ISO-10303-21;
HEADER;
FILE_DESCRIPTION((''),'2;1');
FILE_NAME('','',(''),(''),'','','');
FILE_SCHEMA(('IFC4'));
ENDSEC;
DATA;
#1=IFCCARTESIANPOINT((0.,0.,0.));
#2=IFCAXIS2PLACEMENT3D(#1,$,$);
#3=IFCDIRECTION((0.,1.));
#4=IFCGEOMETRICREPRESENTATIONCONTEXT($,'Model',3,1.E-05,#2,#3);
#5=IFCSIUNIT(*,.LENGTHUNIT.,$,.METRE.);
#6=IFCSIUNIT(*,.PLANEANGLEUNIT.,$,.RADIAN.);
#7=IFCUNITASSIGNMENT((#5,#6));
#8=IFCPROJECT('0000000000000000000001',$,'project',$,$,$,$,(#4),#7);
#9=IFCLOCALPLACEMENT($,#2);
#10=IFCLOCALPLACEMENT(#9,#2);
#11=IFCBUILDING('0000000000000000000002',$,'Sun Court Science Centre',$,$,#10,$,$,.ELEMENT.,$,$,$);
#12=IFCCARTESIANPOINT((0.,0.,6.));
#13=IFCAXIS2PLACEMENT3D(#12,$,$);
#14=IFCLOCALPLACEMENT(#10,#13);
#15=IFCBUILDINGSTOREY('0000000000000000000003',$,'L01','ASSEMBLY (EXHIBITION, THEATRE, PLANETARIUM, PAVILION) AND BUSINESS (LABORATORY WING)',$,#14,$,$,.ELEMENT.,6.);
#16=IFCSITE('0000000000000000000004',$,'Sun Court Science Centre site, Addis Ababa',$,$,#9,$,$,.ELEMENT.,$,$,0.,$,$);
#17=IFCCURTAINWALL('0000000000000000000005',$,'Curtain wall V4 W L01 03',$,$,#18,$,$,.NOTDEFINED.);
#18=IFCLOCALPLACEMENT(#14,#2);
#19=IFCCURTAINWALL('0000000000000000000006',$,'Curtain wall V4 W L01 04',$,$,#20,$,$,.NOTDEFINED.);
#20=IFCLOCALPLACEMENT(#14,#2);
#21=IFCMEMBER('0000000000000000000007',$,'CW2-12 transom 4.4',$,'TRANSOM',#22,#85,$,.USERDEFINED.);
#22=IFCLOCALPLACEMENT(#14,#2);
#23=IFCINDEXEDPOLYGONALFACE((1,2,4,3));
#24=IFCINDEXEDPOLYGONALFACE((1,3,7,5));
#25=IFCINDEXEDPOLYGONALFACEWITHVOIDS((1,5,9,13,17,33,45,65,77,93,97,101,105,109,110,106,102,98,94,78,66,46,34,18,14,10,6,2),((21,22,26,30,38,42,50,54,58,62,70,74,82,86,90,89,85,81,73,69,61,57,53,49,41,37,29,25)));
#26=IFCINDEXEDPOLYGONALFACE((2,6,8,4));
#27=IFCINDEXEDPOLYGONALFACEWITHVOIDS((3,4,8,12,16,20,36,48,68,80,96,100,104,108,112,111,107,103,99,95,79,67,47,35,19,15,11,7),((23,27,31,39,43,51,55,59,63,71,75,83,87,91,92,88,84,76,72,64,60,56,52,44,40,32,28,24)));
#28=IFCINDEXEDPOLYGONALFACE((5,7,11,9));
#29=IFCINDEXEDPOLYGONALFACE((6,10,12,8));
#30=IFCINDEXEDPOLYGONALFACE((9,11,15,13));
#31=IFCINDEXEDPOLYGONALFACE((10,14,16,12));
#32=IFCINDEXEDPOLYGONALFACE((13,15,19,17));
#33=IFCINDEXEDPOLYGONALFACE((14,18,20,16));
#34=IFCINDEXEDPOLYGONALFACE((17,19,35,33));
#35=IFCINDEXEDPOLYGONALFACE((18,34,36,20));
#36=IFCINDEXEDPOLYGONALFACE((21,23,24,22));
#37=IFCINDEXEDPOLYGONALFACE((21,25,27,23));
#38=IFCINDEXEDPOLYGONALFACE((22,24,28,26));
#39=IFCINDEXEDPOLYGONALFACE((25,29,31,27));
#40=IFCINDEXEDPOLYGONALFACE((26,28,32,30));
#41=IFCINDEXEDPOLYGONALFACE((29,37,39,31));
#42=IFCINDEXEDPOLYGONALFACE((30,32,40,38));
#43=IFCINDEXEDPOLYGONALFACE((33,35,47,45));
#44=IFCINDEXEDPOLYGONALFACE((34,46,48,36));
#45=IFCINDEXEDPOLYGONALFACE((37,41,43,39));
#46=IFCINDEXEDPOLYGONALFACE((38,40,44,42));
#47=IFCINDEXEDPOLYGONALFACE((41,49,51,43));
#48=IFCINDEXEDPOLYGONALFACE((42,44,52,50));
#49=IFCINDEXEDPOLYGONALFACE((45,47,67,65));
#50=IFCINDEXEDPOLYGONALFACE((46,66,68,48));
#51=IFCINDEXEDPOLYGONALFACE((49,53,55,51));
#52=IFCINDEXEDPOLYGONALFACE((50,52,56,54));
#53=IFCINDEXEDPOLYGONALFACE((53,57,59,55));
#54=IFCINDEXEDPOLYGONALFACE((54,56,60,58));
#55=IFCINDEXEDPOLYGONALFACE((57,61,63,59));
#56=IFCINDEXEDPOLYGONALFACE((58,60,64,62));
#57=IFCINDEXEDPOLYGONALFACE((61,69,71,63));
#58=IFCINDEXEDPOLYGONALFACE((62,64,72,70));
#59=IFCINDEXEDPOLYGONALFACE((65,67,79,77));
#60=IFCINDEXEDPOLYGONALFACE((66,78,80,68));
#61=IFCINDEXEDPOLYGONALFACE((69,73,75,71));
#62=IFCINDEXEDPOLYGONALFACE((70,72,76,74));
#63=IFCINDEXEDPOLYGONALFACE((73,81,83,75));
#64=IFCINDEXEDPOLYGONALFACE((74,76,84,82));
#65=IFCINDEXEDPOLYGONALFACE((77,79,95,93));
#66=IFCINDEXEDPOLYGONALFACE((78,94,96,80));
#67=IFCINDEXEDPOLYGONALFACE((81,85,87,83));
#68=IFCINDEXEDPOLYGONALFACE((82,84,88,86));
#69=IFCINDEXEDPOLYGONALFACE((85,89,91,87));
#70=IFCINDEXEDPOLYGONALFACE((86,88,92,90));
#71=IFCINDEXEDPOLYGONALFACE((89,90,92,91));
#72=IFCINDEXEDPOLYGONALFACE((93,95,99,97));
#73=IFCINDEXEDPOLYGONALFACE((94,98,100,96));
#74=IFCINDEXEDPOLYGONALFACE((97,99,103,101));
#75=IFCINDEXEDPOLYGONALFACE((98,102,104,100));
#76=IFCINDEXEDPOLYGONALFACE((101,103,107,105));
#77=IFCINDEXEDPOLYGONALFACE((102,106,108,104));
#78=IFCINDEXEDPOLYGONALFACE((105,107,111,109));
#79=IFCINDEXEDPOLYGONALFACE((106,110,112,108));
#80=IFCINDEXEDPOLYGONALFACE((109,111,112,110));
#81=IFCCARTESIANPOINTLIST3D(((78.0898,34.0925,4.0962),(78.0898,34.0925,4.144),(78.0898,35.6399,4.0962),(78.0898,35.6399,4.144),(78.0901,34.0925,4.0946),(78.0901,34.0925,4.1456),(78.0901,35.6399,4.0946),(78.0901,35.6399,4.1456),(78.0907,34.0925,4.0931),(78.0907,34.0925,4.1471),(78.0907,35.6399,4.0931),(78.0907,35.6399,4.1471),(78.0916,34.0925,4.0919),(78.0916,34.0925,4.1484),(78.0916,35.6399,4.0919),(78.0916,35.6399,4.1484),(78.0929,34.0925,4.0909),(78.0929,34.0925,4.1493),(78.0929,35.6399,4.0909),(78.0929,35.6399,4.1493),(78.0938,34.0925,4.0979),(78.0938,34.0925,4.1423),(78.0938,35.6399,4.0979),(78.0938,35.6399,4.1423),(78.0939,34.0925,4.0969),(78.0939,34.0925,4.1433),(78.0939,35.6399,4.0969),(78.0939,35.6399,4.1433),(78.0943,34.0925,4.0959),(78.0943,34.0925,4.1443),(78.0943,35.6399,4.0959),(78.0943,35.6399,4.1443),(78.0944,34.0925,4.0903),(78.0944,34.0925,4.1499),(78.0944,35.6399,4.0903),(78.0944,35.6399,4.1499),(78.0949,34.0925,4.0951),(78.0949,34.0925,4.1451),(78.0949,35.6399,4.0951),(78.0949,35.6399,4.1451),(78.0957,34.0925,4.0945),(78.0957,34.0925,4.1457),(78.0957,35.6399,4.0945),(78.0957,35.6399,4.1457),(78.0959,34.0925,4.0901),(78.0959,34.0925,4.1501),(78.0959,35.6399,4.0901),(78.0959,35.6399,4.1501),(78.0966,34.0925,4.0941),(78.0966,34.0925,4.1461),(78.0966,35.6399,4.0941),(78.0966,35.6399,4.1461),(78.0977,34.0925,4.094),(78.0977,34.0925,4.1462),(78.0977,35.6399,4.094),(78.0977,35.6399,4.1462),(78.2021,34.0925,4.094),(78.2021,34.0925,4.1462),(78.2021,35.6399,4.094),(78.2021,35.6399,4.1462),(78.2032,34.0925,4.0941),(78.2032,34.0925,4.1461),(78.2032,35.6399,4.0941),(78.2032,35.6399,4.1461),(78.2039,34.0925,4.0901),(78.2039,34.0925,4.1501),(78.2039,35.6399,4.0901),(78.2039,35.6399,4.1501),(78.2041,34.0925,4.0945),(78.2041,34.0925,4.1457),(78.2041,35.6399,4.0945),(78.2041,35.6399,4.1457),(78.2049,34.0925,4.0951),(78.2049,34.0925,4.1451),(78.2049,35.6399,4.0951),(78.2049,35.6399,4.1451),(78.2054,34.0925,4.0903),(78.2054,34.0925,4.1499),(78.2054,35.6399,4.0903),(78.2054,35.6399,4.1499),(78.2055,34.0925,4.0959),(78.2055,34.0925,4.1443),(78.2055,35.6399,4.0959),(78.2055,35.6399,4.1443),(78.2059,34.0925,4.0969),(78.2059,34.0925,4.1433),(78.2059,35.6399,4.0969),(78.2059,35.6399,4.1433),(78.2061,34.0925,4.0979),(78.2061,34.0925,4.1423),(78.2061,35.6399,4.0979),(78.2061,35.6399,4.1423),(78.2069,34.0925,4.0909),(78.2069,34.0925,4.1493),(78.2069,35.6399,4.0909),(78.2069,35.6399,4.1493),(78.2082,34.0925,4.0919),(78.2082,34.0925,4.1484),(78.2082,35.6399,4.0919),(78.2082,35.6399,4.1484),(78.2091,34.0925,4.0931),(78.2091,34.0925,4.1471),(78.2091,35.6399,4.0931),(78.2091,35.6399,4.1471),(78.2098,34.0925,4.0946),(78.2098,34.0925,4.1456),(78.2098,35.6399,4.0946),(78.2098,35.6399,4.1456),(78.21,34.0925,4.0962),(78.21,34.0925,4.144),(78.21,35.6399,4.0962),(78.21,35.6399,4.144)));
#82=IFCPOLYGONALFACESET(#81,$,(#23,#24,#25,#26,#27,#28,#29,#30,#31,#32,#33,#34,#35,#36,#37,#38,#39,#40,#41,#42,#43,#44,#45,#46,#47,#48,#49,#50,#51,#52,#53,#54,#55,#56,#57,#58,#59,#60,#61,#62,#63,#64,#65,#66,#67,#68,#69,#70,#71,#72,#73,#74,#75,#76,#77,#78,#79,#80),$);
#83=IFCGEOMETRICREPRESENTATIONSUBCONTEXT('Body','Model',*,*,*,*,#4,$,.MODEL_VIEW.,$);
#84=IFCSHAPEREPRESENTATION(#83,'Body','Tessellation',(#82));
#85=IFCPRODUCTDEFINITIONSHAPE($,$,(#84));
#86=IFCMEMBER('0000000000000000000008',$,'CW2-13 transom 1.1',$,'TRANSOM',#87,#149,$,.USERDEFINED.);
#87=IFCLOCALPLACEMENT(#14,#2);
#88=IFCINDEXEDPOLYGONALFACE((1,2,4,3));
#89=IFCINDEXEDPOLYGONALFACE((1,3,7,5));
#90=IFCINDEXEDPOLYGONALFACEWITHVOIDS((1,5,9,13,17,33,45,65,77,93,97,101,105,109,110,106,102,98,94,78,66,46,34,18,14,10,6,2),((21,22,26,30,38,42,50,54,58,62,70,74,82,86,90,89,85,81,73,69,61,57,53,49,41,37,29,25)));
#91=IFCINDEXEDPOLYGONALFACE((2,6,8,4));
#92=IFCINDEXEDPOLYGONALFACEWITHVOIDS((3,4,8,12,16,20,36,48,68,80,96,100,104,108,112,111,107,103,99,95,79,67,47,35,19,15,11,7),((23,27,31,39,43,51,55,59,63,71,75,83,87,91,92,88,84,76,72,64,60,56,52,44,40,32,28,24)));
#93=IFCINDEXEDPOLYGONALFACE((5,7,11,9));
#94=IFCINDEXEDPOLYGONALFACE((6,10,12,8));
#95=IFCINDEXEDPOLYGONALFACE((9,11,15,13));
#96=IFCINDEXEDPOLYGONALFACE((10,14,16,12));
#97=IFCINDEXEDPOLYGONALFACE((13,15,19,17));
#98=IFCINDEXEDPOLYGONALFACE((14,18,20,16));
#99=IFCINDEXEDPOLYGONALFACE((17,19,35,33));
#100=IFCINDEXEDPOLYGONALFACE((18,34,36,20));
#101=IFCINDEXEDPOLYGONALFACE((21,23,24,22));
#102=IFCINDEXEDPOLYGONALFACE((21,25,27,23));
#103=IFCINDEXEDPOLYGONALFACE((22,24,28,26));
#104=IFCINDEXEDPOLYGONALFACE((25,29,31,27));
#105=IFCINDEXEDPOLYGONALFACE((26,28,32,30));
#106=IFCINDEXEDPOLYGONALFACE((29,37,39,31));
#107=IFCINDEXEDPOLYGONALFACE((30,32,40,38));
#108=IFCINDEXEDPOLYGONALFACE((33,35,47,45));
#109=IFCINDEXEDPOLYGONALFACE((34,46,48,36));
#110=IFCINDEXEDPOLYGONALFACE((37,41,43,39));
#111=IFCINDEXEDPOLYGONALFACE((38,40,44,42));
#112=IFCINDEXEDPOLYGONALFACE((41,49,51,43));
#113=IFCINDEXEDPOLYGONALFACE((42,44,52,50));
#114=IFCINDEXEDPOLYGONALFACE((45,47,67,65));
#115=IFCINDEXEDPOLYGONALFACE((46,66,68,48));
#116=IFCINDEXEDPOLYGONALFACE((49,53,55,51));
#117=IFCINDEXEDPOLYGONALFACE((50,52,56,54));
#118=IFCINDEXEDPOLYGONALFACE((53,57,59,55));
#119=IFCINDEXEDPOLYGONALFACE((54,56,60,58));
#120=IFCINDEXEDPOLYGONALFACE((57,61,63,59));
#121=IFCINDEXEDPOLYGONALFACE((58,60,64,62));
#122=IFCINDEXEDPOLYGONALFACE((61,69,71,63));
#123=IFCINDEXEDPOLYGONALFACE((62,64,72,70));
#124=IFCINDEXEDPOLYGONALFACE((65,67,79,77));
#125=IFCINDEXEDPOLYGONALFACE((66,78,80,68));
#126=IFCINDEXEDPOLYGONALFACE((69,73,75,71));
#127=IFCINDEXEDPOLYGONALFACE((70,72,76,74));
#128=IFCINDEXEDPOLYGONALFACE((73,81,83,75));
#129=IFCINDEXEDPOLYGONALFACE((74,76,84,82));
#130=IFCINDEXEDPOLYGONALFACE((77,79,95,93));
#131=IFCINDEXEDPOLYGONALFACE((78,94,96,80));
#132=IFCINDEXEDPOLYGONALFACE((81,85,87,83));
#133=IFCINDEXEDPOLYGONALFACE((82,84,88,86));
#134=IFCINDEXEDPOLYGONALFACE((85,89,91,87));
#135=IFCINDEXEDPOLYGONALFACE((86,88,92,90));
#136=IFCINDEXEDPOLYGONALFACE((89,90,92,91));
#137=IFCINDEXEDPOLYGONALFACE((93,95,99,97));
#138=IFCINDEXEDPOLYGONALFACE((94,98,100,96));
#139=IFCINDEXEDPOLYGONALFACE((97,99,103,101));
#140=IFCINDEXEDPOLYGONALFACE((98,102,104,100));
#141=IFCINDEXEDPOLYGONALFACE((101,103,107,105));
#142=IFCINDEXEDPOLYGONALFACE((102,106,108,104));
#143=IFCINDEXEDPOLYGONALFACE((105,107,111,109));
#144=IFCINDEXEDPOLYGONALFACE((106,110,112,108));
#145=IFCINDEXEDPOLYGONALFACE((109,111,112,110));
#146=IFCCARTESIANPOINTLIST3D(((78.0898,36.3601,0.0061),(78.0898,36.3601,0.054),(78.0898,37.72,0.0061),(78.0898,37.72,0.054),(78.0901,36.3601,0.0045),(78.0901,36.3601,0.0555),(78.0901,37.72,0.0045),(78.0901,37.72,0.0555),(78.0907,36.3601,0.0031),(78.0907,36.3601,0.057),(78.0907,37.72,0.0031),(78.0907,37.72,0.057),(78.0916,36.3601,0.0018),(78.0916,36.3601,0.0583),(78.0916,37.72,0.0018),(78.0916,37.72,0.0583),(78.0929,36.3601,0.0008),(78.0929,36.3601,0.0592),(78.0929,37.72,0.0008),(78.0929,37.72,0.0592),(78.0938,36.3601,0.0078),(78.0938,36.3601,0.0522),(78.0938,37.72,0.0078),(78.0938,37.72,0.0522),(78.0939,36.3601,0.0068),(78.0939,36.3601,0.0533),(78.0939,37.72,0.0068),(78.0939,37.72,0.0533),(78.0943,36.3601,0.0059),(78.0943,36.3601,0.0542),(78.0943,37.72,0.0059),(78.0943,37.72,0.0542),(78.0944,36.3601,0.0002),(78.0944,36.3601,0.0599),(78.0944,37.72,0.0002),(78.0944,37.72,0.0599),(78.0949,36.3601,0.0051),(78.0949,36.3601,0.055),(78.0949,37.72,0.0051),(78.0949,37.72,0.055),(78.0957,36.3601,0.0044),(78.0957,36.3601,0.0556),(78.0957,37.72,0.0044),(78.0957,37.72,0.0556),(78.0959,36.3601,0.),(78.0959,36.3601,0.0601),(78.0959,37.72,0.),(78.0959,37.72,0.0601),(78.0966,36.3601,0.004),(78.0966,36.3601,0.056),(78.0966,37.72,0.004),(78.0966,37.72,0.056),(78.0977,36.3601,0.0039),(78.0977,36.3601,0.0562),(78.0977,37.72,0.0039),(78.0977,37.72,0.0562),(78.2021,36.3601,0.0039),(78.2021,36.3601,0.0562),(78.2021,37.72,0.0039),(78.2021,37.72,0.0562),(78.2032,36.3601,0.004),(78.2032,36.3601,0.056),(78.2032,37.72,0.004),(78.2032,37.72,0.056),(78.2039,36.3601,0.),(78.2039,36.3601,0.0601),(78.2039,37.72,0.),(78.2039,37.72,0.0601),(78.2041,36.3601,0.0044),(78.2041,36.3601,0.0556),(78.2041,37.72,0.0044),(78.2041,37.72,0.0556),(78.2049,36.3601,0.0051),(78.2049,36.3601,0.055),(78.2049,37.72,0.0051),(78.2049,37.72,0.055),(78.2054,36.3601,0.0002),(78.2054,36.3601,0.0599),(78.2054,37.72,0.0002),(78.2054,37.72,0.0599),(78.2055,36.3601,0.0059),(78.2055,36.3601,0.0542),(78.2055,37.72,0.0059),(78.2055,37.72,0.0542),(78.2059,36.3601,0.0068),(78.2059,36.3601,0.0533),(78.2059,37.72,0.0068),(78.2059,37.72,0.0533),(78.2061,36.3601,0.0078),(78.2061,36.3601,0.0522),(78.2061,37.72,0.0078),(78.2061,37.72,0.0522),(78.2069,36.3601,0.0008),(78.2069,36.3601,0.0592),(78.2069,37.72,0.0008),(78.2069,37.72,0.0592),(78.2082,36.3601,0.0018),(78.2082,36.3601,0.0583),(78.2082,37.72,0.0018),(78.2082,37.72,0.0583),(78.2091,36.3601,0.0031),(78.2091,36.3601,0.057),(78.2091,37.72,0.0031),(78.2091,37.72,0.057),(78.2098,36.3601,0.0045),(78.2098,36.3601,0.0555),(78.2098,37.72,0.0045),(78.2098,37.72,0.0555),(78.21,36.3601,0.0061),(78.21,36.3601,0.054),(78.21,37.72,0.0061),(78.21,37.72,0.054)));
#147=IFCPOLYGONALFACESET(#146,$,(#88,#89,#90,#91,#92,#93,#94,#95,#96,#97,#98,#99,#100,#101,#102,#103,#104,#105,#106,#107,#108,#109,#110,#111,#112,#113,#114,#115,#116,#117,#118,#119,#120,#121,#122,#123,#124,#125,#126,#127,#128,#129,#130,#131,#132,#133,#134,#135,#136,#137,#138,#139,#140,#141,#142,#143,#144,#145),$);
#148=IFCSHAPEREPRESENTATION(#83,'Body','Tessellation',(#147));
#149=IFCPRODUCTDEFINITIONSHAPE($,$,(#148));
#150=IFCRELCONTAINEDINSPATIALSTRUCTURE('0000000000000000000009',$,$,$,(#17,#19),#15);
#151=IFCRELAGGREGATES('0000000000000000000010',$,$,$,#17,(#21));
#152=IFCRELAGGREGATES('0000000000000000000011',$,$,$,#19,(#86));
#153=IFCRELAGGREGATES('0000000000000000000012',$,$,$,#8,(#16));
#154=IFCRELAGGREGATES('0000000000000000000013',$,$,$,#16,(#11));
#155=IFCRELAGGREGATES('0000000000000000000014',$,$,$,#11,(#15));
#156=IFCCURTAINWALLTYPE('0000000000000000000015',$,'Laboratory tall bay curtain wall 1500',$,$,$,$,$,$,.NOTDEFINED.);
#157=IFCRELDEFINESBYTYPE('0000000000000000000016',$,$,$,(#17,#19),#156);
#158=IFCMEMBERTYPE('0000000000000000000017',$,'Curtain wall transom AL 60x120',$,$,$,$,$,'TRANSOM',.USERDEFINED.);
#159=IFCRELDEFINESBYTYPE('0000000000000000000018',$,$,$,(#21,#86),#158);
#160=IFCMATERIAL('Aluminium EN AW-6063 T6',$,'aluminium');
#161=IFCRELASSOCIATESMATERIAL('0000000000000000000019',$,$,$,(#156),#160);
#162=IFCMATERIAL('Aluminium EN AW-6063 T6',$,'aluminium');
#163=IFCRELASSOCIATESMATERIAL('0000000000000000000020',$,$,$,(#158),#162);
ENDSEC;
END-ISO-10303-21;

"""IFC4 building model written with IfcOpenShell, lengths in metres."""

from ifc_helpers import new_model, si_unit, direction, frame, origin, origin_2d, place, context, subcontext, project, spatial, hollow_rectangle, extrude, material, material_profile, profile_set, type_object, element, aggregate, save


model = new_model("IFC4")

# Units and contexts
model_context = context("Model", 3, precision=1e-05, world=origin(), true_north=direction((0.0, 1.0)))
body_context = subcontext(model_context, "Body", "Model", "MODEL_VIEW")
ifc_project = project(units=[si_unit("LENGTHUNIT", "METRE"), si_unit("PLANEANGLEUNIT", "RADIAN")], contexts=[model_context])

# Site, building, storey
site_placement = place(None, origin())
site = spatial("IfcSite", under=ifc_project, at=site_placement, Name="Sun Court Science Centre site, Addis Ababa", CompositionType="ELEMENT", RefElevation=0.0)
building_placement = place(site_placement, origin())
building = spatial("IfcBuilding", under=site, at=building_placement, Name="Sun Court Science Centre", CompositionType="ELEMENT")
storey_placement = place(building_placement, frame((0.0, 0.0, 6.0)))
storey = spatial("IfcBuildingStorey", under=building, at=storey_placement, Name="L01", Description="ASSEMBLY (EXHIBITION, THEATRE, PLANETARIUM, PAVILION) AND BUSINESS (LABORATORY WING)", CompositionType="ELEMENT", Elevation=6.0)

# Curtain wall
ifc_material_1 = material(Name="Aluminium EN AW-6063 T6", Category="aluminium")
curtain_wall_type = type_object("IfcCurtainWallType", Name="Laboratory tall bay curtain wall 1500", PredefinedType="NOTDEFINED", material=ifc_material_1)
curtain_wall_1_placement = place(storey_placement, origin())
curtain_wall_1 = element("IfcCurtainWall", 1, at=curtain_wall_1_placement, inside=storey, type_object=curtain_wall_type, Name="Curtain wall V4 W L01 03", PredefinedType="NOTDEFINED")

# Curtain wall
curtain_wall_2_placement = place(storey_placement, origin())
curtain_wall_2 = element("IfcCurtainWall", 2, at=curtain_wall_2_placement, inside=storey, type_object=curtain_wall_type, Name="Curtain wall V4 W L01 04", PredefinedType="NOTDEFINED")

# Members
ifc_material_2 = material(Name="Aluminium EN AW-6063 T6", Category="aluminium")
ifc_material_profile_1 = material_profile(ifc_material_2, hollow_rectangle(XDim=0.0601, YDim=0.1201, WallThickness=0.0039, InnerFilletRadius=0.0039, OuterFilletRadius=0.0061, at=origin_2d()), Name="AL 60x120x4")
ifc_profile_set_1 = profile_set([ifc_material_profile_1], Name="Aluminium EN AW-6063 T6")
member_type_1 = type_object("IfcMemberType", Name="Curtain wall transom AL 60x120", ElementType="TRANSOM", PredefinedType="USERDEFINED", material=ifc_profile_set_1)
member_1_placement = place(storey_placement, frame((78.1499, 34.0925, 4.1201), z_axis=(0.0, 1.0, 0.0), x_axis=(0.0, 0.0, 1.0)))
member_1 = element("IfcMember", 3, at=member_1_placement, type_object=member_type_1, Name="CW2-12 transom 4.4", ObjectType="TRANSOM", PredefinedType="USERDEFINED", context=body_context, shape_type="SweptSolid", body=[
    extrude(hollow_rectangle(XDim=0.0601, YDim=0.1201, WallThickness=0.0039, InnerFilletRadius=0.0039, OuterFilletRadius=0.0061, at=origin_2d()), origin(), (0.0, 0.0, 1.0), 1.5474),
])
member_2_placement = place(storey_placement, frame((78.1499, 36.3601, 0.03), z_axis=(0.0, 1.0, 0.0), x_axis=(0.0, 0.0, 1.0)))
member_2 = element("IfcMember", 4, at=member_2_placement, type_object=member_type_1, Name="CW2-13 transom 1.1", ObjectType="TRANSOM", PredefinedType="USERDEFINED", context=body_context, shape_type="SweptSolid", body=[
    extrude(hollow_rectangle(XDim=0.0601, YDim=0.1201, WallThickness=0.0039, InnerFilletRadius=0.0039, OuterFilletRadius=0.0061, at=origin_2d()), origin(), (0.0, 0.0, 1.0), 1.3599),
])

aggregate(curtain_wall_1, [member_1])
aggregate(curtain_wall_2, [member_2])

save(model, "model.ifc")
